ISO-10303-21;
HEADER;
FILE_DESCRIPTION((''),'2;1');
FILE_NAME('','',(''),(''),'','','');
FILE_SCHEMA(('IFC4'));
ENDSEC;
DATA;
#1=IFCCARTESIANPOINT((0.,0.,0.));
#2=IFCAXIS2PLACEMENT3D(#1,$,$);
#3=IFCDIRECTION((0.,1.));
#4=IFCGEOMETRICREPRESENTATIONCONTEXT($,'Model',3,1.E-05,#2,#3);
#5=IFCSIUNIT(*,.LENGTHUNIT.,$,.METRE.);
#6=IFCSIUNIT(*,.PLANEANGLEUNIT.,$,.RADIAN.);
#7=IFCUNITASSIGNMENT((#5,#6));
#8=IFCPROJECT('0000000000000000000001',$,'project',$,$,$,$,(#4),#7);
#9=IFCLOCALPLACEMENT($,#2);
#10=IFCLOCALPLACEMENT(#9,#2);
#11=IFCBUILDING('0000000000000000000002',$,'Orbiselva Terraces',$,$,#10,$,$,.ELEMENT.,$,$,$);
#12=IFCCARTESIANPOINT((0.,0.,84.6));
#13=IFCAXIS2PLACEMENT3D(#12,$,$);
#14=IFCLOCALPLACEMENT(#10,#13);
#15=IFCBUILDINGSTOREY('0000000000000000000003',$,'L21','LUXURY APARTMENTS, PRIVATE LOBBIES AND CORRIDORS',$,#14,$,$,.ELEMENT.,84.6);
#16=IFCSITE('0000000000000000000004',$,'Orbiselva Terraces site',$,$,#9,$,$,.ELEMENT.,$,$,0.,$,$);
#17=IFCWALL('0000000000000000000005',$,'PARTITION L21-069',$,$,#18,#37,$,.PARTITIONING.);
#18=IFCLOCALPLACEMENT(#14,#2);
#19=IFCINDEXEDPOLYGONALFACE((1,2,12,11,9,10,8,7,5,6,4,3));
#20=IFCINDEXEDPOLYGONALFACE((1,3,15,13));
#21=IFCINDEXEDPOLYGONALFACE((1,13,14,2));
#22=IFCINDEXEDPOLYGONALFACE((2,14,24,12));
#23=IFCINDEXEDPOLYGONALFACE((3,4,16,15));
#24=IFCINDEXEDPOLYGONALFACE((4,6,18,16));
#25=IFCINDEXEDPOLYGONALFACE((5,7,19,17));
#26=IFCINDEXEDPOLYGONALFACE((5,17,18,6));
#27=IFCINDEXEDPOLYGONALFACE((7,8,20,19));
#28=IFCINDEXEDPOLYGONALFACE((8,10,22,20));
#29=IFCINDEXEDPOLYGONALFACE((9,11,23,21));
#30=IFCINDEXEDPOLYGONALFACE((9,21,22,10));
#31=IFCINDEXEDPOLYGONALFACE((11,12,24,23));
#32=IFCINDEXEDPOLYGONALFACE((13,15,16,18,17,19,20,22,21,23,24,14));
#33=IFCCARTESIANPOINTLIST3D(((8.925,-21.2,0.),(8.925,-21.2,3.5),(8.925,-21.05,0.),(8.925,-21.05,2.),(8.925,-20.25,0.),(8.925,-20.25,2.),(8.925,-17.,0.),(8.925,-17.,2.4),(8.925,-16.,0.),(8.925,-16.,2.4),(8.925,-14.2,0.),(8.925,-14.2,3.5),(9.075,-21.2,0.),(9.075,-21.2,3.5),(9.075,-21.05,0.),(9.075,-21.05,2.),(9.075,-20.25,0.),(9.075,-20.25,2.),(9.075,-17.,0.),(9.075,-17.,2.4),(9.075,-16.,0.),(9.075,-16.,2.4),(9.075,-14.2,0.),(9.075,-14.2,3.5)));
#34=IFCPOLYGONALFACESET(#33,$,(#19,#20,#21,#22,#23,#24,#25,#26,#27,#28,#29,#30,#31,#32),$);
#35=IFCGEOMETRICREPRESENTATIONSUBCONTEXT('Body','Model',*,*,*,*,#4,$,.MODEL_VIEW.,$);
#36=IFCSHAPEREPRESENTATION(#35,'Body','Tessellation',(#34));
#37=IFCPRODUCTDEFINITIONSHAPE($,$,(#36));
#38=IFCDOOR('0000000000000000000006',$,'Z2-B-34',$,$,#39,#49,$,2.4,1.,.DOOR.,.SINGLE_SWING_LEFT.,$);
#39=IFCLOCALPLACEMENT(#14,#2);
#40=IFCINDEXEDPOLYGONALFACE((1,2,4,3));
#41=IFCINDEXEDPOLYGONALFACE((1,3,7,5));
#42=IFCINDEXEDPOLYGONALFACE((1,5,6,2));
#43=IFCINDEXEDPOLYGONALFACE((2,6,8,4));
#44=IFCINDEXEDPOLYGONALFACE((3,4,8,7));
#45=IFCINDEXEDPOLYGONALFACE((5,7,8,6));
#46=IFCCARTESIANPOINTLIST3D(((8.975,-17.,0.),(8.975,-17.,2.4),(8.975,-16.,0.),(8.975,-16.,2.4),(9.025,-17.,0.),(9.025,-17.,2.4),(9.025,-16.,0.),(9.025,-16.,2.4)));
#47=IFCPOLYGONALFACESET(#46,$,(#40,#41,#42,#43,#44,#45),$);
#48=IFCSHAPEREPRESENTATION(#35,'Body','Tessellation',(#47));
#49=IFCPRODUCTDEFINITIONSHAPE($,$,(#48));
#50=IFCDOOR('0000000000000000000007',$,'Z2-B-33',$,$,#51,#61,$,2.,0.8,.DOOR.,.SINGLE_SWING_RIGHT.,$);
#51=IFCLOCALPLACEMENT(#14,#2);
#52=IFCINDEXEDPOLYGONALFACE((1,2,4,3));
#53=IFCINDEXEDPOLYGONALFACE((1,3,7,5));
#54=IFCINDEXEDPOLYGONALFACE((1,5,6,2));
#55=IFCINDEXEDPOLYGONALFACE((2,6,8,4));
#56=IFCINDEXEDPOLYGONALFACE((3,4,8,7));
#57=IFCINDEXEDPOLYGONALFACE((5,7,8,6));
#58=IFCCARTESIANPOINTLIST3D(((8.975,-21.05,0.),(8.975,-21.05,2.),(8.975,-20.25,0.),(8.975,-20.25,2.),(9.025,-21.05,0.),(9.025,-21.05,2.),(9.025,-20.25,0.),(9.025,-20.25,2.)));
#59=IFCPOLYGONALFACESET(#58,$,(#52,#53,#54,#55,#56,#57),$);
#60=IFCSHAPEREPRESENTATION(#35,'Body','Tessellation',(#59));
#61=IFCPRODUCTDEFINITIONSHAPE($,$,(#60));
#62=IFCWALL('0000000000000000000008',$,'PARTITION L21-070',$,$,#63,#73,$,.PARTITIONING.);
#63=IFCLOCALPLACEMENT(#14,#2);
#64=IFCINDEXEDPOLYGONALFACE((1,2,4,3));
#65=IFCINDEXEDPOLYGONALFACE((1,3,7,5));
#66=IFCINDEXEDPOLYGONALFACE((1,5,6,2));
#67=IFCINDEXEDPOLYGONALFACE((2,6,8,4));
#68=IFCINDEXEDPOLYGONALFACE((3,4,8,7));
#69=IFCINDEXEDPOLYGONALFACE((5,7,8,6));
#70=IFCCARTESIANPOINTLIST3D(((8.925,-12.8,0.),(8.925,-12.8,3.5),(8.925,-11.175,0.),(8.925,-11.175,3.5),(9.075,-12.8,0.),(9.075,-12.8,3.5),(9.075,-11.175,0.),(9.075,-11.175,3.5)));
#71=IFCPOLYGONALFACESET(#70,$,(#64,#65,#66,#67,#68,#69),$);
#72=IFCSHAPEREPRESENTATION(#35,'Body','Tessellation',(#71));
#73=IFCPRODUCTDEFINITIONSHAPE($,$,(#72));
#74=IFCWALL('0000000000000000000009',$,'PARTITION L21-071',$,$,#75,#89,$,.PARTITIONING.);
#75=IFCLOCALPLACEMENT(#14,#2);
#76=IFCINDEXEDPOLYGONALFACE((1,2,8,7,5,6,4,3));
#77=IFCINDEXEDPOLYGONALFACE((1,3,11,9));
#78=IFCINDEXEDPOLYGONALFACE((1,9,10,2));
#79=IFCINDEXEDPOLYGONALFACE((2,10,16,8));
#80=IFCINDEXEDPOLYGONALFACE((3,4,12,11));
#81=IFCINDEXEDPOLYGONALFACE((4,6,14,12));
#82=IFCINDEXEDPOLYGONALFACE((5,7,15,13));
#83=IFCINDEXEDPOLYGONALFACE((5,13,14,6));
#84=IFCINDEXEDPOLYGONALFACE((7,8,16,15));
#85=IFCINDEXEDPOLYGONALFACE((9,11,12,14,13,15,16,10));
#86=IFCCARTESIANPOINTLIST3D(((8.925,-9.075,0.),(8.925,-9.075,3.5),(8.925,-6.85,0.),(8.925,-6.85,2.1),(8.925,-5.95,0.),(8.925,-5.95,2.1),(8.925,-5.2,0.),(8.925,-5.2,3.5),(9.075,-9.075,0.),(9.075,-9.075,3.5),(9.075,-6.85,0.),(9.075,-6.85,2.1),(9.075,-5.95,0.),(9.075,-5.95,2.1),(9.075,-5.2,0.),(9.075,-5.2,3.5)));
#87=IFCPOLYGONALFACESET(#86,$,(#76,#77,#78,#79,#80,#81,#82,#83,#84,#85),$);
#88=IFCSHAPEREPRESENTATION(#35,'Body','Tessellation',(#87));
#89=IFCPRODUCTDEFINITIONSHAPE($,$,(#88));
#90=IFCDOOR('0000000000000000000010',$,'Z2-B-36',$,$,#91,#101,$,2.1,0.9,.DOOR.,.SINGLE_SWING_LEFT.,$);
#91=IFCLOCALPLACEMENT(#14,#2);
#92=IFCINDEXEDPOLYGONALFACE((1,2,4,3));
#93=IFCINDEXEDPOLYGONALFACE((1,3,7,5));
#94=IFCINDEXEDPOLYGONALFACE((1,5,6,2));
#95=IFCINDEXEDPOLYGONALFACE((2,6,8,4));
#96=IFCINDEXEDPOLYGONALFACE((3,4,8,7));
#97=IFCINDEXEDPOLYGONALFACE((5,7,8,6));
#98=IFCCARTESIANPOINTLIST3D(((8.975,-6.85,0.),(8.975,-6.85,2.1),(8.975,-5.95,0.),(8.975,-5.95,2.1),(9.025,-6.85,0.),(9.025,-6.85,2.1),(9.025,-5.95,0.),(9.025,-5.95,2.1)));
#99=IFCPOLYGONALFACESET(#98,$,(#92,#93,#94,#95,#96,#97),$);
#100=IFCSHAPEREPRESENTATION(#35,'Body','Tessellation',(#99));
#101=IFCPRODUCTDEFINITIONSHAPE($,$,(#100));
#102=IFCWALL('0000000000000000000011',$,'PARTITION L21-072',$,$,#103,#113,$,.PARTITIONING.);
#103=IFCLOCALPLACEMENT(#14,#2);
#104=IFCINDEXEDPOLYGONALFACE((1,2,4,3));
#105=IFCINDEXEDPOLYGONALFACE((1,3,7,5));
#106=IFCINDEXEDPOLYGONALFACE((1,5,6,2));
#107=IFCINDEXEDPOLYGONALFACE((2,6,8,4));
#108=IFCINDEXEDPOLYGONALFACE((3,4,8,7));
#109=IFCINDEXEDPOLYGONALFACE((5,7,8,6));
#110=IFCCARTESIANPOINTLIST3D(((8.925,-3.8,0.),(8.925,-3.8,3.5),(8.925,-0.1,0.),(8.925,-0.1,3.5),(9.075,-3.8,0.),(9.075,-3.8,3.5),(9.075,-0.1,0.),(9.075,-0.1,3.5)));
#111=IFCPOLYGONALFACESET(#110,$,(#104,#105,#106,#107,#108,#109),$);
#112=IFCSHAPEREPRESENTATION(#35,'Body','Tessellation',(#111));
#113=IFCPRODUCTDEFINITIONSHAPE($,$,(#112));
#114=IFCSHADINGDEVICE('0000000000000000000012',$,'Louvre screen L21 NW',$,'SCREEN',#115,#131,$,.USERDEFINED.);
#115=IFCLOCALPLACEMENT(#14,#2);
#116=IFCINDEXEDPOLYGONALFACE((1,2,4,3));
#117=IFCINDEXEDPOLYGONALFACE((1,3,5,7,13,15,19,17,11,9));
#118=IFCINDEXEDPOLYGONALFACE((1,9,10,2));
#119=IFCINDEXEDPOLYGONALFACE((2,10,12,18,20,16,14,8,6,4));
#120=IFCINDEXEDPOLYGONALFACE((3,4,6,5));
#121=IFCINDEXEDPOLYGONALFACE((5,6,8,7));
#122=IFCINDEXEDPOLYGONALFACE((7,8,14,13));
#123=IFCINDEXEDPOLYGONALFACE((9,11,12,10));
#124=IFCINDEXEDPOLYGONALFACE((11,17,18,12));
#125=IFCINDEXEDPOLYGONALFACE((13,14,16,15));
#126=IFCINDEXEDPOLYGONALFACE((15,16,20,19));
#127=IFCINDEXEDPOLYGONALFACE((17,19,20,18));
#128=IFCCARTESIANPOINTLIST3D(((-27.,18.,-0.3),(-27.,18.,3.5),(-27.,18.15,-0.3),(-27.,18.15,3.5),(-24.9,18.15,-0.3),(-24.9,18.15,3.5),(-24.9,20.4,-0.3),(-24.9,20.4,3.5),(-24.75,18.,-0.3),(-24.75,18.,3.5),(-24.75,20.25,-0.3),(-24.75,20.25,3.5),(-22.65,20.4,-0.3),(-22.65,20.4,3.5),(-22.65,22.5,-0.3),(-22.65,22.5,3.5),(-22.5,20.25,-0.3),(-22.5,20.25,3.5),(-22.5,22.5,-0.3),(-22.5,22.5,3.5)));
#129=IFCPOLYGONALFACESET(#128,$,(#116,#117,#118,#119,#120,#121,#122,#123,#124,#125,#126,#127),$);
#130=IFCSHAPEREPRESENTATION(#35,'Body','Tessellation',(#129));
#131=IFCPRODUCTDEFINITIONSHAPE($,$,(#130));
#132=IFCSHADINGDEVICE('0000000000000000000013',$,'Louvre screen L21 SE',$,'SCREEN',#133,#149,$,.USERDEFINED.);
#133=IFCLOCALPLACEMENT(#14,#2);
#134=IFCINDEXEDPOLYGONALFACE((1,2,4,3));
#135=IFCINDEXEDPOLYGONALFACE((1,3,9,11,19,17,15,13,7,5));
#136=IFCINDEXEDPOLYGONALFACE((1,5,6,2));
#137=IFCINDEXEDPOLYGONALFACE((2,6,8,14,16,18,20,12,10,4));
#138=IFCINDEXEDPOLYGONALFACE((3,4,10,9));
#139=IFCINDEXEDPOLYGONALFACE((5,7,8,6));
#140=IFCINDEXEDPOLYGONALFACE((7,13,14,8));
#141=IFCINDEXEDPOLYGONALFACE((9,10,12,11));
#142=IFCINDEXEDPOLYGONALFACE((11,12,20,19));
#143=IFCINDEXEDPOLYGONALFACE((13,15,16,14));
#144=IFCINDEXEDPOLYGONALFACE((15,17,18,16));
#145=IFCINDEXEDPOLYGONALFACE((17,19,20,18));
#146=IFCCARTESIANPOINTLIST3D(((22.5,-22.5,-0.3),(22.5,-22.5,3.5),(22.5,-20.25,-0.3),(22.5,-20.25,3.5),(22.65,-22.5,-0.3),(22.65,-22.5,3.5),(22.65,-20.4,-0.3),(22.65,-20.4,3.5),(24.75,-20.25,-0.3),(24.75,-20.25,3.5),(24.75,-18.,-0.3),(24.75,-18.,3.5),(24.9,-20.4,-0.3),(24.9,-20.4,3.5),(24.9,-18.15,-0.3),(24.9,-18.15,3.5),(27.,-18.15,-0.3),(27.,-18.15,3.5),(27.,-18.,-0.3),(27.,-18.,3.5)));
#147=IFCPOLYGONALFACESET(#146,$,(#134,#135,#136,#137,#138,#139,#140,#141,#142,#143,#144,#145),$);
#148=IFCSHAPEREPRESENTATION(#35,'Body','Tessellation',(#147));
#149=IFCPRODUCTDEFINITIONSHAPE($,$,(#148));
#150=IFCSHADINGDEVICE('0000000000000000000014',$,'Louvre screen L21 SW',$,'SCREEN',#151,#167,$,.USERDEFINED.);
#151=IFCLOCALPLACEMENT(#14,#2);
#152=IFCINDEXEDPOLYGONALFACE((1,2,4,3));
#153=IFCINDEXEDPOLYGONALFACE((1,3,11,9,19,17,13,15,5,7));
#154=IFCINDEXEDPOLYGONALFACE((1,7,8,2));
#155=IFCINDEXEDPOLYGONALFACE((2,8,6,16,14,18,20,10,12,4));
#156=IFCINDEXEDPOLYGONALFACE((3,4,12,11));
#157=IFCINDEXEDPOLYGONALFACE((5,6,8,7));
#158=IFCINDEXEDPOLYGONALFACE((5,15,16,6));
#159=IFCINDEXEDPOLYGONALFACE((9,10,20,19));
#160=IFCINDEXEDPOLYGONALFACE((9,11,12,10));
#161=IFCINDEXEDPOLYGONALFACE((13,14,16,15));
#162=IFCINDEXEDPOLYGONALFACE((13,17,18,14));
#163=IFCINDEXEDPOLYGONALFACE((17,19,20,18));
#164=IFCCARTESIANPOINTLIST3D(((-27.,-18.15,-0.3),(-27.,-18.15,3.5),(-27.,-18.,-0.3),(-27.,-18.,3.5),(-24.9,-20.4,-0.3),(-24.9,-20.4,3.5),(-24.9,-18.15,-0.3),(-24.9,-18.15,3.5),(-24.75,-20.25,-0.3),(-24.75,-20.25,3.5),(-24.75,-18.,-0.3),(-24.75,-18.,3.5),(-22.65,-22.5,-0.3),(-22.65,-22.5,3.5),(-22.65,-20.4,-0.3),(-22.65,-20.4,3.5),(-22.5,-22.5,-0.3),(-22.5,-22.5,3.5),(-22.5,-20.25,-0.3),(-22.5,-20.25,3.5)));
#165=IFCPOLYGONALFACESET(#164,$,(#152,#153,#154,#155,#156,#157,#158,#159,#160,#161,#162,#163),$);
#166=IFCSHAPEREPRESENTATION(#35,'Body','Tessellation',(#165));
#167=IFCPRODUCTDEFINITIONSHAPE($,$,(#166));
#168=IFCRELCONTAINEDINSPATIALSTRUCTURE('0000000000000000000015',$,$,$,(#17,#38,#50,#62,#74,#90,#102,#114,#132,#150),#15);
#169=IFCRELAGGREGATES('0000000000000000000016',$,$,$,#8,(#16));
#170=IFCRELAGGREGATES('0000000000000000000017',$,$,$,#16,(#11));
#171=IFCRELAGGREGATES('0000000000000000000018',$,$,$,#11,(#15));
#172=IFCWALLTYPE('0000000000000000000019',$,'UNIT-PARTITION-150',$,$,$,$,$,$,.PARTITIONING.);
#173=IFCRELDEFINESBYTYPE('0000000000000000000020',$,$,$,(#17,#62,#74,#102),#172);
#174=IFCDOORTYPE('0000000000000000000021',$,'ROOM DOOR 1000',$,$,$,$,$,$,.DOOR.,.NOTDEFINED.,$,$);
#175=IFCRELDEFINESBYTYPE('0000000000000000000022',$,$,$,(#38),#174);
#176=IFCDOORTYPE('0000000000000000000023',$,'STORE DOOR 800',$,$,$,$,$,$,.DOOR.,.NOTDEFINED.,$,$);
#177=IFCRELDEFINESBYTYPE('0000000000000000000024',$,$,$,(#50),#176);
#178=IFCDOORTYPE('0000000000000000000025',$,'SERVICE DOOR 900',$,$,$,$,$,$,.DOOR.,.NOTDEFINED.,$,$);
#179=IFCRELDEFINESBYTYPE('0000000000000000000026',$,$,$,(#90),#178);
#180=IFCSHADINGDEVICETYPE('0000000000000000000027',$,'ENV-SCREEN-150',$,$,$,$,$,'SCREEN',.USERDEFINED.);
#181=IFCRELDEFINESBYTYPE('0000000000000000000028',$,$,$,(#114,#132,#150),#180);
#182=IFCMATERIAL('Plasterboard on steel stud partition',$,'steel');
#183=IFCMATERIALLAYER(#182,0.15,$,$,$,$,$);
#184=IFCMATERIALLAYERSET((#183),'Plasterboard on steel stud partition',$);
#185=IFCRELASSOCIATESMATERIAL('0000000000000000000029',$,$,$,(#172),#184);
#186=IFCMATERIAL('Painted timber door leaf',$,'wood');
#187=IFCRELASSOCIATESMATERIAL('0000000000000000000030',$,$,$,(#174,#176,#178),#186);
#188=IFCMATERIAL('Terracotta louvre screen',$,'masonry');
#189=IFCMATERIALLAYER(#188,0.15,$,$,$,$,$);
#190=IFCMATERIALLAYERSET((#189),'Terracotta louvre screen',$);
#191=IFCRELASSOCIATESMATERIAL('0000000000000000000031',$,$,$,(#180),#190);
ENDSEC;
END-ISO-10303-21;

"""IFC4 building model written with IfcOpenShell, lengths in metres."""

from ifc_helpers import new_model, si_unit, direction, frame, frame_2d, origin, place, context, subcontext, project, spatial, polyline, rectangle, outline, extrude, material, layer, layer_set, type_object, element, fill, save


model = new_model("IFC4")

# Units and contexts
model_context = context("Model", 3, precision=1e-05, world=origin(), true_north=direction((0.0, 1.0)))
body_context = subcontext(model_context, "Body", "Model", "MODEL_VIEW")
ifc_project = project(units=[si_unit("LENGTHUNIT", "METRE"), si_unit("PLANEANGLEUNIT", "RADIAN")], contexts=[model_context])

# Site, building, storey
site_placement = place(None, origin())
site = spatial("IfcSite", under=ifc_project, at=site_placement, Name="Orbiselva Terraces site", CompositionType="ELEMENT", RefElevation=0.0)
building_placement = place(site_placement, origin())
building = spatial("IfcBuilding", under=site, at=building_placement, Name="Orbiselva Terraces", CompositionType="ELEMENT")
storey_placement = place(building_placement, frame((0.0, 0.0, 84.6)))
storey = spatial("IfcBuildingStorey", under=building, at=storey_placement, Name="L21", Description="LUXURY APARTMENTS, PRIVATE LOBBIES AND CORRIDORS", CompositionType="ELEMENT", Elevation=84.6)

# Shared definitions
ifc_material_1 = material(Name="Plasterboard on steel stud partition", Category="steel")
ifc_layer_1 = layer(ifc_material_1, 0.15)
ifc_layer_set_1 = layer_set([ifc_layer_1], Name="Plasterboard on steel stud partition")
wall_type_1 = type_object("IfcWallType", Name="UNIT-PARTITION-150", PredefinedType="PARTITIONING", material=ifc_layer_set_1)

# Wall, openings, doors
wall_1_placement = place(storey_placement, frame((9.0, -14.2, 0.0), z_axis=(0.0, 0.0, 1.0), x_axis=(0.0, -1.0, 0.0)))
wall_1 = element("IfcWall", 1, at=wall_1_placement, inside=storey, type_object=wall_type_1, Name="PARTITION L21-069", PredefinedType="PARTITIONING", context=body_context, shape_type="SweptSolid", body=[
    extrude(rectangle(XDim=7.0, YDim=0.15, at=frame_2d((3.5, 0.0))), origin(), (0.0, 0.0, 1.0), 3.5),
])
opening_1_placement = place(wall_1_placement, frame((6.05, 0.0, 0.0)))
opening_1 = element("IfcOpeningElement", 2, at=opening_1_placement, cuts=wall_1, PredefinedType="OPENING", context=body_context, shape_type="SweptSolid", body=[
    extrude(rectangle(XDim=0.8, YDim=2.0, at=frame_2d((0.4, 1.0))), frame((0.0, 0.085, 0.0), z_axis=(0.0, -1.0, 0.0), x_axis=(1.0, 0.0, 0.0)), (0.0, 0.0, 1.0), 0.17),
])
opening_2_placement = place(wall_1_placement, frame((1.8, 0.0, 0.0)))
opening_2 = element("IfcOpeningElement", 3, at=opening_2_placement, cuts=wall_1, PredefinedType="OPENING", context=body_context, shape_type="SweptSolid", body=[
    extrude(rectangle(XDim=1.0, YDim=2.4, at=frame_2d((0.5, 1.2))), frame((0.0, 0.085, 0.0), z_axis=(0.0, -1.0, 0.0), x_axis=(1.0, 0.0, 0.0)), (0.0, 0.0, 1.0), 0.17),
])
ifc_material_2 = material(Name="Painted timber door leaf", Category="wood")
door_type_1 = type_object("IfcDoorType", Name="ROOM DOOR 1000", OperationType="NOTDEFINED", PredefinedType="DOOR", material=ifc_material_2)
door_1_placement = place(opening_2_placement, origin())
door_1 = element("IfcDoor", 4, at=door_1_placement, inside=storey, type_object=door_type_1, Name="Z2-B-34", OperationType="SINGLE_SWING_LEFT", OverallHeight=2.4, OverallWidth=1.0, PredefinedType="DOOR", context=body_context, shape_type="SweptSolid", body=[
    extrude(rectangle(XDim=1.0, YDim=2.4, at=frame_2d((0.5, 1.2))), frame((0.0, 0.025, 0.0), z_axis=(0.0, -1.0, 0.0), x_axis=(1.0, 0.0, 0.0)), (0.0, 0.0, 1.0), 0.05),
])
fill(opening_2, door_1)
door_type_2 = type_object("IfcDoorType", Name="STORE DOOR 800", OperationType="NOTDEFINED", PredefinedType="DOOR", material=ifc_material_2)
door_2_placement = place(opening_1_placement, origin())
door_2 = element("IfcDoor", 5, at=door_2_placement, inside=storey, type_object=door_type_2, Name="Z2-B-33", OperationType="SINGLE_SWING_RIGHT", OverallHeight=2.0, OverallWidth=0.8, PredefinedType="DOOR", context=body_context, shape_type="SweptSolid", body=[
    extrude(rectangle(XDim=0.8, YDim=2.0, at=frame_2d((0.4, 1.0))), frame((0.0, 0.025, 0.0), z_axis=(0.0, -1.0, 0.0), x_axis=(1.0, 0.0, 0.0)), (0.0, 0.0, 1.0), 0.05),
])
fill(opening_1, door_2)

# Wall
wall_2_placement = place(storey_placement, frame((9.0, -12.8, 0.0), z_axis=(0.0, 0.0, 1.0), x_axis=(0.0, 1.0, 0.0)))
element("IfcWall", 6, at=wall_2_placement, inside=storey, type_object=wall_type_1, Name="PARTITION L21-070", PredefinedType="PARTITIONING", context=body_context, shape_type="SweptSolid", body=[
    extrude(rectangle(XDim=1.625, YDim=0.15, at=frame_2d((0.8125, 0.0))), origin(), (0.0, 0.0, 1.0), 3.5),
])

# Wall, opening, door
wall_3_placement = place(storey_placement, frame((9.0, -5.2, 0.0), z_axis=(0.0, 0.0, 1.0), x_axis=(0.0, -1.0, 0.0)))
wall_3 = element("IfcWall", 7, at=wall_3_placement, inside=storey, type_object=wall_type_1, Name="PARTITION L21-071", PredefinedType="PARTITIONING", context=body_context, shape_type="SweptSolid", body=[
    extrude(rectangle(XDim=3.875, YDim=0.15, at=frame_2d((1.9375, 0.0))), origin(), (0.0, 0.0, 1.0), 3.5),
])
opening_3_placement = place(wall_3_placement, frame((0.75, 0.0, 0.0)))
opening_3 = element("IfcOpeningElement", 8, at=opening_3_placement, cuts=wall_3, PredefinedType="OPENING", context=body_context, shape_type="SweptSolid", body=[
    extrude(rectangle(XDim=0.9, YDim=2.1, at=frame_2d((0.45, 1.05))), frame((0.0, 0.085, 0.0), z_axis=(0.0, -1.0, 0.0), x_axis=(1.0, 0.0, 0.0)), (0.0, 0.0, 1.0), 0.17),
])
door_type_3 = type_object("IfcDoorType", Name="SERVICE DOOR 900", OperationType="NOTDEFINED", PredefinedType="DOOR", material=ifc_material_2)
door_3_placement = place(opening_3_placement, origin())
door_3 = element("IfcDoor", 9, at=door_3_placement, inside=storey, type_object=door_type_3, Name="Z2-B-36", OperationType="SINGLE_SWING_LEFT", OverallHeight=2.1, OverallWidth=0.9, PredefinedType="DOOR", context=body_context, shape_type="SweptSolid", body=[
    extrude(rectangle(XDim=0.9, YDim=2.1, at=frame_2d((0.45, 1.05))), frame((0.0, 0.025, 0.0), z_axis=(0.0, -1.0, 0.0), x_axis=(1.0, 0.0, 0.0)), (0.0, 0.0, 1.0), 0.05),
])
fill(opening_3, door_3)

# Wall
wall_4_placement = place(storey_placement, frame((9.0, -3.8, 0.0), z_axis=(0.0, 0.0, 1.0), x_axis=(0.0, 1.0, 0.0)))
element("IfcWall", 10, at=wall_4_placement, inside=storey, type_object=wall_type_1, Name="PARTITION L21-072", PredefinedType="PARTITIONING", context=body_context, shape_type="SweptSolid", body=[
    extrude(rectangle(XDim=3.7, YDim=0.15, at=frame_2d((1.85, 0.0))), origin(), (0.0, 0.0, 1.0), 3.5),
])

# Shading devices
ifc_material_3 = material(Name="Terracotta louvre screen", Category="masonry")
ifc_layer_2 = layer(ifc_material_3, 0.15)
ifc_layer_set_2 = layer_set([ifc_layer_2], Name="Terracotta louvre screen")
shading_device_type = type_object("IfcShadingDeviceType", Name="ENV-SCREEN-150", ElementType="SCREEN", PredefinedType="USERDEFINED", material=ifc_layer_set_2)
shading_device_1_placement = place(storey_placement, frame((0.0, 0.0, -0.3)))
element("IfcShadingDevice", 11, at=shading_device_1_placement, inside=storey, type_object=shading_device_type, Name="Louvre screen L21 NW", ObjectType="SCREEN", PredefinedType="USERDEFINED", context=body_context, shape_type="SweptSolid", body=[
    extrude(outline(polyline([(-22.65, 22.5), (-22.65, 20.4), (-24.9, 20.4), (-24.9, 18.15), (-27.0, 18.15), (-27.0, 18.0), (-24.75, 18.0), (-24.75, 20.25), (-22.5, 20.25), (-22.5, 22.5), (-22.65, 22.5)])), origin(), (0.0, 0.0, 1.0), 3.8),
])
shading_device_2_placement = place(storey_placement, frame((0.0, 0.0, -0.3)))
element("IfcShadingDevice", 12, at=shading_device_2_placement, inside=storey, type_object=shading_device_type, Name="Louvre screen L21 SE", ObjectType="SCREEN", PredefinedType="USERDEFINED", context=body_context, shape_type="SweptSolid", body=[
    extrude(outline(polyline([(22.65, -22.5), (22.65, -20.4), (24.9, -20.4), (24.9, -18.15), (27.0, -18.15), (27.0, -18.0), (24.75, -18.0), (24.75, -20.25), (22.5, -20.25), (22.5, -22.5), (22.65, -22.5)])), origin(), (0.0, 0.0, 1.0), 3.8),
])
shading_device_3_placement = place(storey_placement, frame((0.0, 0.0, -0.3)))
element("IfcShadingDevice", 13, at=shading_device_3_placement, inside=storey, type_object=shading_device_type, Name="Louvre screen L21 SW", ObjectType="SCREEN", PredefinedType="USERDEFINED", context=body_context, shape_type="SweptSolid", body=[
    extrude(outline(polyline([(-27.0, -18.15), (-24.9, -18.15), (-24.9, -20.4), (-22.65, -20.4), (-22.65, -22.5), (-22.5, -22.5), (-22.5, -20.25), (-24.75, -20.25), (-24.75, -18.0), (-27.0, -18.0), (-27.0, -18.15)])), origin(), (0.0, 0.0, 1.0), 3.8),
])

save(model, "model.ifc")
